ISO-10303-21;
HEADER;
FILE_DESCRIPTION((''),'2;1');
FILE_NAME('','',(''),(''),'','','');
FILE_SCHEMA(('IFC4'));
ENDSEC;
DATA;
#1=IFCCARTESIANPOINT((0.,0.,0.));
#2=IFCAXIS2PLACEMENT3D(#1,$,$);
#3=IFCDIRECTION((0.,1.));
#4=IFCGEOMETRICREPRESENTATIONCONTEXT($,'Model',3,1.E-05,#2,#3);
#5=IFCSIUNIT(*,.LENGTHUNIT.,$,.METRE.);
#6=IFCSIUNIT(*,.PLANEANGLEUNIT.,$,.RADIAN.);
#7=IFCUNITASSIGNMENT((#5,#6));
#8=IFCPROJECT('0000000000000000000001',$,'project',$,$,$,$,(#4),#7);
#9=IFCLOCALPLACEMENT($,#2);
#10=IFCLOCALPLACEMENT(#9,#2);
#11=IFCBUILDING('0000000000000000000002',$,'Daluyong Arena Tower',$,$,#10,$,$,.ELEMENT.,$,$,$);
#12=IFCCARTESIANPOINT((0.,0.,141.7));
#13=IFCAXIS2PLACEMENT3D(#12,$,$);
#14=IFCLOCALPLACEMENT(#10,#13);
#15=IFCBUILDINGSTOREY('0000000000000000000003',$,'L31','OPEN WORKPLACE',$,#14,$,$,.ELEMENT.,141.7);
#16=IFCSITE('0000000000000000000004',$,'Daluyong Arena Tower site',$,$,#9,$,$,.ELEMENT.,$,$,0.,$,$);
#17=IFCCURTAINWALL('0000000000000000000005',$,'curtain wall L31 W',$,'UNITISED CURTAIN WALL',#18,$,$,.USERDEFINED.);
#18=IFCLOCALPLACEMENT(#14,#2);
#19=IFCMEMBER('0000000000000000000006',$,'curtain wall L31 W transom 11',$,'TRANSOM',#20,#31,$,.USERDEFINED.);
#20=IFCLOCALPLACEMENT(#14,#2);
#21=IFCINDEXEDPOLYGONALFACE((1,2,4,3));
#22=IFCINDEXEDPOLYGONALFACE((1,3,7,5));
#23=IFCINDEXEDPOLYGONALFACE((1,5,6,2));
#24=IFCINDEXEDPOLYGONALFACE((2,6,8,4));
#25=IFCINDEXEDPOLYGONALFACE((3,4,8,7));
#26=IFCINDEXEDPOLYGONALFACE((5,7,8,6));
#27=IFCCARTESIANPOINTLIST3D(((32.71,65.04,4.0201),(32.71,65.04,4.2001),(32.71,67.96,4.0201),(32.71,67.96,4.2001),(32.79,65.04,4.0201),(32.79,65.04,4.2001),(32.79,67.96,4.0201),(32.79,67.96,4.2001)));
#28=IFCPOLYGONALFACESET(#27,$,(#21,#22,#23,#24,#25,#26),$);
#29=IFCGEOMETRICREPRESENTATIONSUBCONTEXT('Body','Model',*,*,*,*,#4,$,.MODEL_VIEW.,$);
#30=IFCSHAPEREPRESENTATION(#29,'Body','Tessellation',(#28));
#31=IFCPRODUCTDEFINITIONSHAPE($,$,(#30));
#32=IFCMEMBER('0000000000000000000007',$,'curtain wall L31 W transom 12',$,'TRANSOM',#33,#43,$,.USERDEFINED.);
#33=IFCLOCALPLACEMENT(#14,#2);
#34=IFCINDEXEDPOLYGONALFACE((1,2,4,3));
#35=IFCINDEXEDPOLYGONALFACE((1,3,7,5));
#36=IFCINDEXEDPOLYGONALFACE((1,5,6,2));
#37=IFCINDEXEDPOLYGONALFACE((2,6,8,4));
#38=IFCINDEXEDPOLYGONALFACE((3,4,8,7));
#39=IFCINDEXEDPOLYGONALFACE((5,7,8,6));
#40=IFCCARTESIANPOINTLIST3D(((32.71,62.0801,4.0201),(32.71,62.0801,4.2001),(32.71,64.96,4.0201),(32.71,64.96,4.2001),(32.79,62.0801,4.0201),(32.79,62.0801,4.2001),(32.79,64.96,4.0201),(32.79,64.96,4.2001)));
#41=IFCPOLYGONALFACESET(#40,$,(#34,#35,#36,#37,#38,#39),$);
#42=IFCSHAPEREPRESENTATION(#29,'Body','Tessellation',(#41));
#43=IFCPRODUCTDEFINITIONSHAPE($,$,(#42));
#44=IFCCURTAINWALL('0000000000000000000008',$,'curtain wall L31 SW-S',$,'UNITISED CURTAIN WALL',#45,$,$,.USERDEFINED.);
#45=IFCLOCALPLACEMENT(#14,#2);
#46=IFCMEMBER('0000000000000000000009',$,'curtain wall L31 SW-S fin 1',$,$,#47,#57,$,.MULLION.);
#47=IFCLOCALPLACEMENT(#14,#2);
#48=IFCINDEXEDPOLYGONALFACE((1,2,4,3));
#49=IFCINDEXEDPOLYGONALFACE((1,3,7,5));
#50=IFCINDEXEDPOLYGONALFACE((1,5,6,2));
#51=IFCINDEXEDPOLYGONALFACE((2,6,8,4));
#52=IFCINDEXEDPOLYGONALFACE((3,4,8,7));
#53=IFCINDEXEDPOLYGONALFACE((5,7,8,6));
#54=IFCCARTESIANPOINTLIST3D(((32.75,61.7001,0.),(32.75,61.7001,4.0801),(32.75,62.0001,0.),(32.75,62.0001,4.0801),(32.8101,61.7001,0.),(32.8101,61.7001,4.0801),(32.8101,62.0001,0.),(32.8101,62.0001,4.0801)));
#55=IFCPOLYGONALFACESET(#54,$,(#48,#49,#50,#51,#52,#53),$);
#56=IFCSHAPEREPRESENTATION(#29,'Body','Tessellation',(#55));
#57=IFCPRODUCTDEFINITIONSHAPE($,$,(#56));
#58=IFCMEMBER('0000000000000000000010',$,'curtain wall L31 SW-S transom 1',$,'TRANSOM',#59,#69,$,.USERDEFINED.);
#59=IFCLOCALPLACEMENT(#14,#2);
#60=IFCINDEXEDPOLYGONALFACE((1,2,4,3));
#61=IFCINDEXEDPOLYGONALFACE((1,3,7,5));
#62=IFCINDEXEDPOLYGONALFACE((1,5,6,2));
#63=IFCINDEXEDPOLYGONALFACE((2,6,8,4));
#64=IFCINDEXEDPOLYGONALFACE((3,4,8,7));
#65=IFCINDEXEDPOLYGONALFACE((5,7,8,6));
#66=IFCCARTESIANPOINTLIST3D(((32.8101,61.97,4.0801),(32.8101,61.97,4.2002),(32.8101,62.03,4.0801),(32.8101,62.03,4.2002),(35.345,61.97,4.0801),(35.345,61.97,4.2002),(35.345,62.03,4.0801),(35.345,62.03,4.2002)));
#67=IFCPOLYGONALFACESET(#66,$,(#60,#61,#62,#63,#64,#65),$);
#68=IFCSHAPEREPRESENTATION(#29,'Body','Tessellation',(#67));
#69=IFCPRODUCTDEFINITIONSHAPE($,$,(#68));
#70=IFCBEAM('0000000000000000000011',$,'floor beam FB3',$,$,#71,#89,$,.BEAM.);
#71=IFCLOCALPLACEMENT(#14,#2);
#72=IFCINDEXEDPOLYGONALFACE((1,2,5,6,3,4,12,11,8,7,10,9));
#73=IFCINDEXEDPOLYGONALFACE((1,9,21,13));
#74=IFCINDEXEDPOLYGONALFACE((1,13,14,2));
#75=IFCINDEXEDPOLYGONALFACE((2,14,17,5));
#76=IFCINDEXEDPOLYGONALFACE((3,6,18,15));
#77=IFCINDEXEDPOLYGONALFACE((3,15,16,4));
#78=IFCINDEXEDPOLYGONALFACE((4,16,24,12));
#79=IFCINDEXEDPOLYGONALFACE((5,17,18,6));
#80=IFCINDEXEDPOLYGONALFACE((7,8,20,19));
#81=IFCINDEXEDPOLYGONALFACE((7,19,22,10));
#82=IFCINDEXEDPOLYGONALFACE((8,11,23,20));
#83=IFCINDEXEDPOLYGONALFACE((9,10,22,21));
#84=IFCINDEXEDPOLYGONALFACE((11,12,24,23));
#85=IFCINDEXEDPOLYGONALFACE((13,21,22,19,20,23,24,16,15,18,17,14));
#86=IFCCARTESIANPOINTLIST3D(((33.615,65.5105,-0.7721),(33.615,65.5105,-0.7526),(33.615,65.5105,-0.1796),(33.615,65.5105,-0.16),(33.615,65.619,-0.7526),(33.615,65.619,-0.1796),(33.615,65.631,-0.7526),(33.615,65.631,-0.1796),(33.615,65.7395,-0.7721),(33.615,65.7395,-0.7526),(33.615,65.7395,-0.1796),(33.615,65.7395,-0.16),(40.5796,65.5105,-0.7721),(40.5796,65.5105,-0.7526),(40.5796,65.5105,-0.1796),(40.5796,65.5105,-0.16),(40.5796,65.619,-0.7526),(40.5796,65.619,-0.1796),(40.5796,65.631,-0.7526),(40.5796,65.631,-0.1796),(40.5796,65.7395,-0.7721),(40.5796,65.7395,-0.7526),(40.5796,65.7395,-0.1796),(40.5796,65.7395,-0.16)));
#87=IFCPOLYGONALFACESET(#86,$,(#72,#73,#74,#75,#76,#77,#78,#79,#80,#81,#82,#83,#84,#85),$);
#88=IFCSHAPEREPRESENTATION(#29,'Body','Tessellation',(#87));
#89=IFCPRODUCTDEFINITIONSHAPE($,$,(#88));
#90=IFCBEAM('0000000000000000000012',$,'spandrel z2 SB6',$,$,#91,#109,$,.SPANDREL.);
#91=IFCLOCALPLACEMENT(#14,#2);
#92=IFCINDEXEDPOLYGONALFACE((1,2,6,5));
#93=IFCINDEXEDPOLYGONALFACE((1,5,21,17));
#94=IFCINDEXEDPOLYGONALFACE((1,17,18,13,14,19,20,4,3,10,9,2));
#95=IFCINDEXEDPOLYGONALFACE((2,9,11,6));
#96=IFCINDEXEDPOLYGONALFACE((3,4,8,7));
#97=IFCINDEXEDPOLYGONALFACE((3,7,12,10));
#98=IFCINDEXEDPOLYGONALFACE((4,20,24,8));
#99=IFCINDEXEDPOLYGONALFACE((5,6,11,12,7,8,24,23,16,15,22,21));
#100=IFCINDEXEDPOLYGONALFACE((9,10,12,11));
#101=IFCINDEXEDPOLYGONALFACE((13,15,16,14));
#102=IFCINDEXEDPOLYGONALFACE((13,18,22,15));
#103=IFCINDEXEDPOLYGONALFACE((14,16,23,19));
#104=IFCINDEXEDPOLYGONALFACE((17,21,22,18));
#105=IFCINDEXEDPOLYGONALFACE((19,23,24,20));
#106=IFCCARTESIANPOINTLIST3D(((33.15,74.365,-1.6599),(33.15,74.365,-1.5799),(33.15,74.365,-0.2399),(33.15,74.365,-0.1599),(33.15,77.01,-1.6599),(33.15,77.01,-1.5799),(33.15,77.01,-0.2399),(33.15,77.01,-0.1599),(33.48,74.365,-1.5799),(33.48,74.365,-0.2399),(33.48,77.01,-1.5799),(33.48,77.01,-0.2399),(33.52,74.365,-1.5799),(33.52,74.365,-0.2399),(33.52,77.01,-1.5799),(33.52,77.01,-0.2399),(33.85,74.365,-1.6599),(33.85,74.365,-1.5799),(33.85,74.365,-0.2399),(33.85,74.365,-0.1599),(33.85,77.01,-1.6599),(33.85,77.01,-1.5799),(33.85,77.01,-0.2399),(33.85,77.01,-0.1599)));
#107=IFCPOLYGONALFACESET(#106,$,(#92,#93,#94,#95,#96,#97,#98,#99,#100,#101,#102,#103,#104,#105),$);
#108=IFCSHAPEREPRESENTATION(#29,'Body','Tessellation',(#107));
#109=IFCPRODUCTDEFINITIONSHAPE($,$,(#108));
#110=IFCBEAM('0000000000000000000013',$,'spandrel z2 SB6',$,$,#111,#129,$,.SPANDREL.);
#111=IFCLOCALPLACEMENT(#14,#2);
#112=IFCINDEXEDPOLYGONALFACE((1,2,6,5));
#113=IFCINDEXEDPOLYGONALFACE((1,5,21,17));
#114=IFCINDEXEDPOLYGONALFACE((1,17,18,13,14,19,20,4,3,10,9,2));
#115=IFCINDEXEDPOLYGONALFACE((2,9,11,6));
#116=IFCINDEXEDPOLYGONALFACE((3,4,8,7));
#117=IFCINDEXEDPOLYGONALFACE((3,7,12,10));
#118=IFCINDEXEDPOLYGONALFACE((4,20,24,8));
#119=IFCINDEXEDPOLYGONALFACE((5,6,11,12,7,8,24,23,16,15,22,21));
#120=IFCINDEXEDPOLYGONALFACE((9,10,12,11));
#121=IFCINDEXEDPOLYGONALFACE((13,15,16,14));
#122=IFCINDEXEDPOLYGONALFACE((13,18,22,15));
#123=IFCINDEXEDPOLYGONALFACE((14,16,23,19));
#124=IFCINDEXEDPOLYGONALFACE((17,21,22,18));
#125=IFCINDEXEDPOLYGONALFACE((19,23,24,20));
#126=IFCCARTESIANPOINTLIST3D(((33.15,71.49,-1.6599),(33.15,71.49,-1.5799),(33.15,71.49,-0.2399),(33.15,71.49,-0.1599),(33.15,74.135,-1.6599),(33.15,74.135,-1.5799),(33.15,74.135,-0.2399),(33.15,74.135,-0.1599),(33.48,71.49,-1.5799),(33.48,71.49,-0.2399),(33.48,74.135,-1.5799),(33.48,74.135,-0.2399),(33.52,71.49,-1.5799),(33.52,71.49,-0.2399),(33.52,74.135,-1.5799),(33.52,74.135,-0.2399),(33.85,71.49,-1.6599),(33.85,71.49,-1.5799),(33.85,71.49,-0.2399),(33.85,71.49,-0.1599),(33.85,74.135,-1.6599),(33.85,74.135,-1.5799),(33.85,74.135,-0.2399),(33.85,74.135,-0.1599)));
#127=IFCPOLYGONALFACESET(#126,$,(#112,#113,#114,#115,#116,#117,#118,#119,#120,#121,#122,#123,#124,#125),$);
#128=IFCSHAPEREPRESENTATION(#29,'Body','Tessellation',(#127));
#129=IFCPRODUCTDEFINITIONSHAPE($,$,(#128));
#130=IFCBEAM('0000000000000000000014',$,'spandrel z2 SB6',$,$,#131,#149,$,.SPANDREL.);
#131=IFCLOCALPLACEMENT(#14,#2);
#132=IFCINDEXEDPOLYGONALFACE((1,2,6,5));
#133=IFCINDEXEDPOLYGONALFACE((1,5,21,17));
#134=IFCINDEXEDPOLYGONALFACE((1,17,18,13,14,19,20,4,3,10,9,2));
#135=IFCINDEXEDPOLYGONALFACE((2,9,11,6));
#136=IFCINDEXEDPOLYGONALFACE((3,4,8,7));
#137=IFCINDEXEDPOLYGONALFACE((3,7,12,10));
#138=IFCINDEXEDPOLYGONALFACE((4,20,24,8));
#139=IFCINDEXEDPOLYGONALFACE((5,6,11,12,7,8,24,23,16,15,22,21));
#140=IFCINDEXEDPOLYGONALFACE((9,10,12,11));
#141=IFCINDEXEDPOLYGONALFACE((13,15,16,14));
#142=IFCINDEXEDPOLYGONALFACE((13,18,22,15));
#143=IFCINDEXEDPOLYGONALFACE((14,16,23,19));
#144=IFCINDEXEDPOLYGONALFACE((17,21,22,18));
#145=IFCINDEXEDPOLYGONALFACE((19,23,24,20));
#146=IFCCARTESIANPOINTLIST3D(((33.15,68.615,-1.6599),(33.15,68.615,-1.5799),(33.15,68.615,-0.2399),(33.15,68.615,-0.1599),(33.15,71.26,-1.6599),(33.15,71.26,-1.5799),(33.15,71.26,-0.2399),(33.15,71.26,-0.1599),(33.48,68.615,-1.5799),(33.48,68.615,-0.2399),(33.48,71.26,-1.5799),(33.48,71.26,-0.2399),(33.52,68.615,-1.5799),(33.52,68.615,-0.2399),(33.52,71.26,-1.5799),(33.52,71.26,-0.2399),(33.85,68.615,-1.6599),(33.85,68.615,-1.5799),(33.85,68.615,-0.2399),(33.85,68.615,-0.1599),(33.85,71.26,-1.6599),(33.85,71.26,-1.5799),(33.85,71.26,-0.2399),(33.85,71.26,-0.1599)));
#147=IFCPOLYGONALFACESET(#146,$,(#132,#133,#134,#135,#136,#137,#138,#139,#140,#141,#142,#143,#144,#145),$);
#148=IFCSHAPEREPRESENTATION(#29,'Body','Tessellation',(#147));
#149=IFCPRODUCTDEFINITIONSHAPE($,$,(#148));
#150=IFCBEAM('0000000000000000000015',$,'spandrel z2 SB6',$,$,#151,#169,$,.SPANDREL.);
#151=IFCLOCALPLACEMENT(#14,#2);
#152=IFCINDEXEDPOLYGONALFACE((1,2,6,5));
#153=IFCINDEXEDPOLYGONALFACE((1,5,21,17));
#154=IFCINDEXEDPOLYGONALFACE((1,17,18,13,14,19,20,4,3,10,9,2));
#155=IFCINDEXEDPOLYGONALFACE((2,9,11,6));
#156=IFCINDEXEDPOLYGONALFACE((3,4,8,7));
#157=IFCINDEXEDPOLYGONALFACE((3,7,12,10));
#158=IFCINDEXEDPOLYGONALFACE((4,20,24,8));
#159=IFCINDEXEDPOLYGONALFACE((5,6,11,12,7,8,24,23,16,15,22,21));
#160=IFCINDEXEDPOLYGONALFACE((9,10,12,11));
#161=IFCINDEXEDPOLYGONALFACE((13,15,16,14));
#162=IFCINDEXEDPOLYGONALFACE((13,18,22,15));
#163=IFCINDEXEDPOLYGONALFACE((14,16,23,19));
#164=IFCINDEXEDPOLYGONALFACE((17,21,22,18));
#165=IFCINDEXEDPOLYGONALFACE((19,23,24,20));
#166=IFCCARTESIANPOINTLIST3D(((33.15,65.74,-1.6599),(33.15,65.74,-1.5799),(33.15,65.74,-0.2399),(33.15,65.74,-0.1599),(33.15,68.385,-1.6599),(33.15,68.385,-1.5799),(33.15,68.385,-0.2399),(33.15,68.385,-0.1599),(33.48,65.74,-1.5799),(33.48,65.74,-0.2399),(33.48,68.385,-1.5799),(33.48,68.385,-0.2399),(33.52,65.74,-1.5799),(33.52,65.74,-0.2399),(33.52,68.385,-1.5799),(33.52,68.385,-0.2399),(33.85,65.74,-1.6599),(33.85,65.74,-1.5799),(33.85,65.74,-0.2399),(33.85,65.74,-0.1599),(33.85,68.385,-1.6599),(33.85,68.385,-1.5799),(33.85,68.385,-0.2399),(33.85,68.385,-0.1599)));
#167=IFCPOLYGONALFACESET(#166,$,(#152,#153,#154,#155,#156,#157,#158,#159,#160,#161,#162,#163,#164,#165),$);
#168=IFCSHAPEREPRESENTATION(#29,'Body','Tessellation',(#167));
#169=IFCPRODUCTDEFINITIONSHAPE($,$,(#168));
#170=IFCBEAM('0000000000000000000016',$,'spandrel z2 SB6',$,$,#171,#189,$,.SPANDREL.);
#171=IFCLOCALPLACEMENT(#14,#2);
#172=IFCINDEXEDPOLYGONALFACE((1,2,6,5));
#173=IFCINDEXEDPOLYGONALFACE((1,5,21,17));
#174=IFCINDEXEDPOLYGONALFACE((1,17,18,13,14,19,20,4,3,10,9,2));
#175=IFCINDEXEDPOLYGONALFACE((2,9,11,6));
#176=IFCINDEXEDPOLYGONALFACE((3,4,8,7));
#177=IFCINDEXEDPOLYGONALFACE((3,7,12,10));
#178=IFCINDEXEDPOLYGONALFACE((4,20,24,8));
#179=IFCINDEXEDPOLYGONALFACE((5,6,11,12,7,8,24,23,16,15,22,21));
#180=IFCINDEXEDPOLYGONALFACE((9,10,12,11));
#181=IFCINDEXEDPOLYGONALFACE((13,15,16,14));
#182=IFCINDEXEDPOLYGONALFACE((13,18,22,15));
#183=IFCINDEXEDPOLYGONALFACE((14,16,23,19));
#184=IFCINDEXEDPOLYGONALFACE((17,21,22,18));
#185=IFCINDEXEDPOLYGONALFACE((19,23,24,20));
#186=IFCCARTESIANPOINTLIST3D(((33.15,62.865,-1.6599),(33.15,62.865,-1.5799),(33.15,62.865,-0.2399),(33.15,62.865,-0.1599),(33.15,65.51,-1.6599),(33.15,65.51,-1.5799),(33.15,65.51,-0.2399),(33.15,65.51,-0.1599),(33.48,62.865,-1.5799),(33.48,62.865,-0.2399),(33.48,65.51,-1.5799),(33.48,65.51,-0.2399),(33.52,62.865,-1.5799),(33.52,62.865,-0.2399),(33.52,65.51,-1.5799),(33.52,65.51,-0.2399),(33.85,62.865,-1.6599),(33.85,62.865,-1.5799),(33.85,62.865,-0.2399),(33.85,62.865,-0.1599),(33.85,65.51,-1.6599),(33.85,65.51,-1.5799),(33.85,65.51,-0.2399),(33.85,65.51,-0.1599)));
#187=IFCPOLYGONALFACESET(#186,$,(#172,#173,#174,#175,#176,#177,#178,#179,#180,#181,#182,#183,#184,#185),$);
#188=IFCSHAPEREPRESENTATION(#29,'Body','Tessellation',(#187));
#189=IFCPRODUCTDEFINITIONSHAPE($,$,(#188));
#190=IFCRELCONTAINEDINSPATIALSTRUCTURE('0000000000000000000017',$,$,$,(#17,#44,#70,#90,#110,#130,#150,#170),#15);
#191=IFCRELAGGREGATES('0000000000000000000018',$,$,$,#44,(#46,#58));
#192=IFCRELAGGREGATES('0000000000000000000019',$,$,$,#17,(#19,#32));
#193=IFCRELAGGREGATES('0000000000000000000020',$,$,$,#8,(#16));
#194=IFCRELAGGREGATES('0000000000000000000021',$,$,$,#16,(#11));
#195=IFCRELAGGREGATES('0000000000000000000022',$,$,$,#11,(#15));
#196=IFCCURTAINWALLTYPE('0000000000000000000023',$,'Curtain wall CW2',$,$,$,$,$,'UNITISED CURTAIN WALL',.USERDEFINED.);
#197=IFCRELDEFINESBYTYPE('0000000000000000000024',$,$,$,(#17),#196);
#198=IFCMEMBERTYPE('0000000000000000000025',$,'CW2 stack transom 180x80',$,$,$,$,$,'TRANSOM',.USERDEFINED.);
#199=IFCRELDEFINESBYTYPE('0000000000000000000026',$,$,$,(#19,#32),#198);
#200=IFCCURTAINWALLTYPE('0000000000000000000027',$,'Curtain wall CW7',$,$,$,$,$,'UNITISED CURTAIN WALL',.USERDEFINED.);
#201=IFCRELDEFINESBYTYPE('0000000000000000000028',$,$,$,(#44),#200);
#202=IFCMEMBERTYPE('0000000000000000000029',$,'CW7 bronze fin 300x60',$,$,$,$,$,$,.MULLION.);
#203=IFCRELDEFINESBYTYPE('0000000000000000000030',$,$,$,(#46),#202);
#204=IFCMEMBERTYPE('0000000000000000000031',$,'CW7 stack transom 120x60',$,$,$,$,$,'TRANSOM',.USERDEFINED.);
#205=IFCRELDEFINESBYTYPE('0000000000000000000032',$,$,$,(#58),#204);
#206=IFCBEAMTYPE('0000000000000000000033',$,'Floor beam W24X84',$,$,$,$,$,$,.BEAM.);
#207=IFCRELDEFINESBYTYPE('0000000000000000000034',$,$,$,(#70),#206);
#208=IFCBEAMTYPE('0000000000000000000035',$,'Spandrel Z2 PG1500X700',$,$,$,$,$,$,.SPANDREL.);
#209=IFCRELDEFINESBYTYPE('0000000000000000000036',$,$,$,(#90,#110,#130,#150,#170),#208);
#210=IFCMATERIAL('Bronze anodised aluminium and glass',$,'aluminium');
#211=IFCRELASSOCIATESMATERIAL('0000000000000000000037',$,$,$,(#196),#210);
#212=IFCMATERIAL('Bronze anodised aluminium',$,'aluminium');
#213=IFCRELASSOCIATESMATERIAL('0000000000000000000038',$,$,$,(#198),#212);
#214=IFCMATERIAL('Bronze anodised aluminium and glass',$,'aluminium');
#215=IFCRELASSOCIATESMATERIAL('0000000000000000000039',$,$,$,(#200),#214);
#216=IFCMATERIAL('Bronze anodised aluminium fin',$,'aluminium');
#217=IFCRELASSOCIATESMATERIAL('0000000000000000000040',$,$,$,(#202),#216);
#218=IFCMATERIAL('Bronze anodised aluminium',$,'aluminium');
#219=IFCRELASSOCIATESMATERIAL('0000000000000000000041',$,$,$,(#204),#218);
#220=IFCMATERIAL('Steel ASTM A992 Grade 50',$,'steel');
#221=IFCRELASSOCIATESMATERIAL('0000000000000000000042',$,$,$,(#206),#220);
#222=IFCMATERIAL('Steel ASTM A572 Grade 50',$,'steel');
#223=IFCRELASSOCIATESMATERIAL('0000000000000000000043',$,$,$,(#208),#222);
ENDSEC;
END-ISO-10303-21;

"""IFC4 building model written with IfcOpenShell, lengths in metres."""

from ifc_helpers import new_model, si_unit, direction, frame, origin, origin_2d, place, context, subcontext, project, spatial, rectangle, i_section, extrude, material, material_profile, profile_set, type_object, element, aggregate, save


model = new_model("IFC4")

# Units and contexts
model_context = context("Model", 3, precision=1e-05, world=origin(), true_north=direction((0.0, 1.0)))
body_context = subcontext(model_context, "Body", "Model", "MODEL_VIEW")
ifc_project = project(units=[si_unit("LENGTHUNIT", "METRE"), si_unit("PLANEANGLEUNIT", "RADIAN")], contexts=[model_context])

# Site, building, storey
site_placement = place(None, origin())
site = spatial("IfcSite", under=ifc_project, at=site_placement, Name="Daluyong Arena Tower site", CompositionType="ELEMENT", RefElevation=0.0)
building_placement = place(site_placement, origin())
building = spatial("IfcBuilding", under=site, at=building_placement, Name="Daluyong Arena Tower", CompositionType="ELEMENT")
storey_placement = place(building_placement, frame((0.0, 0.0, 141.7)))
storey = spatial("IfcBuildingStorey", under=building, at=storey_placement, Name="L31", Description="OPEN WORKPLACE", CompositionType="ELEMENT", Elevation=141.7)

# Curtain walls, members
ifc_material_1 = material(Name="Bronze anodised aluminium and glass", Category="aluminium")
curtain_wall_type_1 = type_object("IfcCurtainWallType", Name="Curtain wall CW2", ElementType="UNITISED CURTAIN WALL", PredefinedType="USERDEFINED", material=ifc_material_1)
curtain_wall_1_placement = place(storey_placement, origin())
curtain_wall_1 = element("IfcCurtainWall", 1, at=curtain_wall_1_placement, inside=storey, type_object=curtain_wall_type_1, Name="curtain wall L31 W", ObjectType="UNITISED CURTAIN WALL", PredefinedType="USERDEFINED")
ifc_material_2 = material(Name="Bronze anodised aluminium", Category="aluminium")
ifc_material_profile_1 = material_profile(ifc_material_2, rectangle(XDim=0.0801, YDim=0.1799, at=origin_2d()))
ifc_profile_set_1 = profile_set([ifc_material_profile_1], Name="Bronze anodised aluminium")
member_type_1 = type_object("IfcMemberType", Name="CW2 stack transom 180x80", ElementType="TRANSOM", PredefinedType="USERDEFINED", material=ifc_profile_set_1)
member_1_placement = place(storey_placement, frame((32.75, 67.96, 4.1101), z_axis=(0.0, -1.0, 0.0), x_axis=(1.0, 0.0, 0.0)))
member_1 = element("IfcMember", 2, at=member_1_placement, type_object=member_type_1, Name="curtain wall L31 W transom 11", ObjectType="TRANSOM", PredefinedType="USERDEFINED", context=body_context, shape_type="SweptSolid", body=[
    extrude(rectangle(XDim=0.0801, YDim=0.1799, at=origin_2d()), origin(), (0.0, 0.0, 1.0), 2.9199),
])
member_2_placement = place(storey_placement, frame((32.75, 64.96, 4.1101), z_axis=(0.0, -1.0, 0.0), x_axis=(1.0, 0.0, 0.0)))
member_2 = element("IfcMember", 3, at=member_2_placement, type_object=member_type_1, Name="curtain wall L31 W transom 12", ObjectType="TRANSOM", PredefinedType="USERDEFINED", context=body_context, shape_type="SweptSolid", body=[
    extrude(rectangle(XDim=0.0801, YDim=0.1799, at=origin_2d()), origin(), (0.0, 0.0, 1.0), 2.8799),
])
ifc_material_3 = material(Name="Bronze anodised aluminium and glass", Category="aluminium")
curtain_wall_type_2 = type_object("IfcCurtainWallType", Name="Curtain wall CW7", ElementType="UNITISED CURTAIN WALL", PredefinedType="USERDEFINED", material=ifc_material_3)
curtain_wall_2_placement = place(storey_placement, origin())
curtain_wall_2 = element("IfcCurtainWall", 4, at=curtain_wall_2_placement, inside=storey, type_object=curtain_wall_type_2, Name="curtain wall L31 SW-S", ObjectType="UNITISED CURTAIN WALL", PredefinedType="USERDEFINED")
ifc_material_4 = material(Name="Bronze anodised aluminium fin", Category="aluminium")
ifc_material_profile_2 = material_profile(ifc_material_4, rectangle(XDim=0.3, YDim=0.0601, at=origin_2d()))
ifc_profile_set_2 = profile_set([ifc_material_profile_2], Name="Bronze anodised aluminium fin")
member_type_2 = type_object("IfcMemberType", Name="CW7 bronze fin 300x60", PredefinedType="MULLION", material=ifc_profile_set_2)
member_3_placement = place(storey_placement, frame((32.78, 61.8501, 0.0), z_axis=(0.0, 0.0, 1.0), x_axis=(0.0, 1.0, 0.0)))
member_3 = element("IfcMember", 5, at=member_3_placement, type_object=member_type_2, Name="curtain wall L31 SW-S fin 1", PredefinedType="MULLION", context=body_context, shape_type="SweptSolid", body=[
    extrude(rectangle(XDim=0.3, YDim=0.0601, at=origin_2d()), origin(), (0.0, 0.0, 1.0), 4.0801),
])
ifc_material_5 = material(Name="Bronze anodised aluminium", Category="aluminium")
ifc_material_profile_3 = material_profile(ifc_material_5, rectangle(XDim=0.0601, YDim=0.1201, at=origin_2d()))
ifc_profile_set_3 = profile_set([ifc_material_profile_3], Name="Bronze anodised aluminium")
member_type_3 = type_object("IfcMemberType", Name="CW7 stack transom 120x60", ElementType="TRANSOM", PredefinedType="USERDEFINED", material=ifc_profile_set_3)
member_4_placement = place(storey_placement, frame((32.8101, 62.0, 4.1401), z_axis=(1.0, 0.0, 0.0), x_axis=(0.0, 1.0, 0.0)))
member_4 = element("IfcMember", 6, at=member_4_placement, type_object=member_type_3, Name="curtain wall L31 SW-S transom 1", ObjectType="TRANSOM", PredefinedType="USERDEFINED", context=body_context, shape_type="SweptSolid", body=[
    extrude(rectangle(XDim=0.0601, YDim=0.1201, at=origin_2d()), origin(), (0.0, 0.0, 1.0), 2.5349),
])
aggregate(curtain_wall_2, [member_3, member_4])

# Beams
ifc_material_6 = material(Name="Steel ASTM A992 Grade 50", Category="steel")
ifc_material_profile_4 = material_profile(ifc_material_6, i_section(OverallWidth=0.229, OverallDepth=0.6121, WebThickness=0.012, FlangeThickness=0.0195, at=origin_2d()))
ifc_profile_set_4 = profile_set([ifc_material_profile_4], Name="Steel ASTM A992 Grade 50")
beam_type_1 = type_object("IfcBeamType", Name="Floor beam W24X84", PredefinedType="BEAM", material=ifc_profile_set_4)
beam_1_placement = place(storey_placement, frame((33.615, 65.625, -0.4661), z_axis=(1.0, 0.0, 0.0), x_axis=(0.0, 1.0, 0.0)))
element("IfcBeam", 7, at=beam_1_placement, inside=storey, type_object=beam_type_1, Name="floor beam FB3", PredefinedType="BEAM", context=body_context, shape_type="SweptSolid", body=[
    extrude(i_section(OverallWidth=0.229, OverallDepth=0.6121, WebThickness=0.012, FlangeThickness=0.0195, at=origin_2d()), origin(), (0.0, 0.0, 1.0), 6.9646),
])
ifc_material_7 = material(Name="Steel ASTM A572 Grade 50", Category="steel")
ifc_material_profile_5 = material_profile(ifc_material_7, i_section(OverallWidth=0.7, OverallDepth=1.5, WebThickness=0.04, FlangeThickness=0.08, at=origin_2d()))
ifc_profile_set_5 = profile_set([ifc_material_profile_5], Name="Steel ASTM A572 Grade 50")
beam_type_2 = type_object("IfcBeamType", Name="Spandrel Z2 PG1500X700", PredefinedType="SPANDREL", material=ifc_profile_set_5)
for number, where, z_axis, x_axis, name in (
    (8, (33.5, 77.01, -0.9099), (0.0, -1.0, 0.0), (1.0, 0.0, 0.0), "spandrel z2 SB6"),
    (9, (33.5, 74.135, -0.9099), (0.0, -1.0, 0.0), (1.0, 0.0, 0.0), "spandrel z2 SB6"),
    (10, (33.5, 71.26, -0.9099), (0.0, -1.0, 0.0), (1.0, 0.0, 0.0), "spandrel z2 SB6"),
    (11, (33.5, 68.385, -0.9099), (0.0, -1.0, 0.0), (1.0, 0.0, 0.0), "spandrel z2 SB6"),
    (12, (33.5, 65.51, -0.9099), (0.0, -1.0, 0.0), (1.0, 0.0, 0.0), "spandrel z2 SB6"),
):
    element("IfcBeam", number, at=place(storey_placement, frame(where, z_axis=z_axis, x_axis=x_axis)), inside=storey, type_object=beam_type_2, Name=name, PredefinedType="SPANDREL", context=body_context, shape_type="SweptSolid", body=[
        extrude(i_section(OverallWidth=0.7, OverallDepth=1.5, WebThickness=0.04, FlangeThickness=0.08, at=origin_2d()), origin(), (0.0, 0.0, 1.0), 2.645),
    ])

aggregate(curtain_wall_1, [member_1, member_2])

save(model, "model.ifc")
